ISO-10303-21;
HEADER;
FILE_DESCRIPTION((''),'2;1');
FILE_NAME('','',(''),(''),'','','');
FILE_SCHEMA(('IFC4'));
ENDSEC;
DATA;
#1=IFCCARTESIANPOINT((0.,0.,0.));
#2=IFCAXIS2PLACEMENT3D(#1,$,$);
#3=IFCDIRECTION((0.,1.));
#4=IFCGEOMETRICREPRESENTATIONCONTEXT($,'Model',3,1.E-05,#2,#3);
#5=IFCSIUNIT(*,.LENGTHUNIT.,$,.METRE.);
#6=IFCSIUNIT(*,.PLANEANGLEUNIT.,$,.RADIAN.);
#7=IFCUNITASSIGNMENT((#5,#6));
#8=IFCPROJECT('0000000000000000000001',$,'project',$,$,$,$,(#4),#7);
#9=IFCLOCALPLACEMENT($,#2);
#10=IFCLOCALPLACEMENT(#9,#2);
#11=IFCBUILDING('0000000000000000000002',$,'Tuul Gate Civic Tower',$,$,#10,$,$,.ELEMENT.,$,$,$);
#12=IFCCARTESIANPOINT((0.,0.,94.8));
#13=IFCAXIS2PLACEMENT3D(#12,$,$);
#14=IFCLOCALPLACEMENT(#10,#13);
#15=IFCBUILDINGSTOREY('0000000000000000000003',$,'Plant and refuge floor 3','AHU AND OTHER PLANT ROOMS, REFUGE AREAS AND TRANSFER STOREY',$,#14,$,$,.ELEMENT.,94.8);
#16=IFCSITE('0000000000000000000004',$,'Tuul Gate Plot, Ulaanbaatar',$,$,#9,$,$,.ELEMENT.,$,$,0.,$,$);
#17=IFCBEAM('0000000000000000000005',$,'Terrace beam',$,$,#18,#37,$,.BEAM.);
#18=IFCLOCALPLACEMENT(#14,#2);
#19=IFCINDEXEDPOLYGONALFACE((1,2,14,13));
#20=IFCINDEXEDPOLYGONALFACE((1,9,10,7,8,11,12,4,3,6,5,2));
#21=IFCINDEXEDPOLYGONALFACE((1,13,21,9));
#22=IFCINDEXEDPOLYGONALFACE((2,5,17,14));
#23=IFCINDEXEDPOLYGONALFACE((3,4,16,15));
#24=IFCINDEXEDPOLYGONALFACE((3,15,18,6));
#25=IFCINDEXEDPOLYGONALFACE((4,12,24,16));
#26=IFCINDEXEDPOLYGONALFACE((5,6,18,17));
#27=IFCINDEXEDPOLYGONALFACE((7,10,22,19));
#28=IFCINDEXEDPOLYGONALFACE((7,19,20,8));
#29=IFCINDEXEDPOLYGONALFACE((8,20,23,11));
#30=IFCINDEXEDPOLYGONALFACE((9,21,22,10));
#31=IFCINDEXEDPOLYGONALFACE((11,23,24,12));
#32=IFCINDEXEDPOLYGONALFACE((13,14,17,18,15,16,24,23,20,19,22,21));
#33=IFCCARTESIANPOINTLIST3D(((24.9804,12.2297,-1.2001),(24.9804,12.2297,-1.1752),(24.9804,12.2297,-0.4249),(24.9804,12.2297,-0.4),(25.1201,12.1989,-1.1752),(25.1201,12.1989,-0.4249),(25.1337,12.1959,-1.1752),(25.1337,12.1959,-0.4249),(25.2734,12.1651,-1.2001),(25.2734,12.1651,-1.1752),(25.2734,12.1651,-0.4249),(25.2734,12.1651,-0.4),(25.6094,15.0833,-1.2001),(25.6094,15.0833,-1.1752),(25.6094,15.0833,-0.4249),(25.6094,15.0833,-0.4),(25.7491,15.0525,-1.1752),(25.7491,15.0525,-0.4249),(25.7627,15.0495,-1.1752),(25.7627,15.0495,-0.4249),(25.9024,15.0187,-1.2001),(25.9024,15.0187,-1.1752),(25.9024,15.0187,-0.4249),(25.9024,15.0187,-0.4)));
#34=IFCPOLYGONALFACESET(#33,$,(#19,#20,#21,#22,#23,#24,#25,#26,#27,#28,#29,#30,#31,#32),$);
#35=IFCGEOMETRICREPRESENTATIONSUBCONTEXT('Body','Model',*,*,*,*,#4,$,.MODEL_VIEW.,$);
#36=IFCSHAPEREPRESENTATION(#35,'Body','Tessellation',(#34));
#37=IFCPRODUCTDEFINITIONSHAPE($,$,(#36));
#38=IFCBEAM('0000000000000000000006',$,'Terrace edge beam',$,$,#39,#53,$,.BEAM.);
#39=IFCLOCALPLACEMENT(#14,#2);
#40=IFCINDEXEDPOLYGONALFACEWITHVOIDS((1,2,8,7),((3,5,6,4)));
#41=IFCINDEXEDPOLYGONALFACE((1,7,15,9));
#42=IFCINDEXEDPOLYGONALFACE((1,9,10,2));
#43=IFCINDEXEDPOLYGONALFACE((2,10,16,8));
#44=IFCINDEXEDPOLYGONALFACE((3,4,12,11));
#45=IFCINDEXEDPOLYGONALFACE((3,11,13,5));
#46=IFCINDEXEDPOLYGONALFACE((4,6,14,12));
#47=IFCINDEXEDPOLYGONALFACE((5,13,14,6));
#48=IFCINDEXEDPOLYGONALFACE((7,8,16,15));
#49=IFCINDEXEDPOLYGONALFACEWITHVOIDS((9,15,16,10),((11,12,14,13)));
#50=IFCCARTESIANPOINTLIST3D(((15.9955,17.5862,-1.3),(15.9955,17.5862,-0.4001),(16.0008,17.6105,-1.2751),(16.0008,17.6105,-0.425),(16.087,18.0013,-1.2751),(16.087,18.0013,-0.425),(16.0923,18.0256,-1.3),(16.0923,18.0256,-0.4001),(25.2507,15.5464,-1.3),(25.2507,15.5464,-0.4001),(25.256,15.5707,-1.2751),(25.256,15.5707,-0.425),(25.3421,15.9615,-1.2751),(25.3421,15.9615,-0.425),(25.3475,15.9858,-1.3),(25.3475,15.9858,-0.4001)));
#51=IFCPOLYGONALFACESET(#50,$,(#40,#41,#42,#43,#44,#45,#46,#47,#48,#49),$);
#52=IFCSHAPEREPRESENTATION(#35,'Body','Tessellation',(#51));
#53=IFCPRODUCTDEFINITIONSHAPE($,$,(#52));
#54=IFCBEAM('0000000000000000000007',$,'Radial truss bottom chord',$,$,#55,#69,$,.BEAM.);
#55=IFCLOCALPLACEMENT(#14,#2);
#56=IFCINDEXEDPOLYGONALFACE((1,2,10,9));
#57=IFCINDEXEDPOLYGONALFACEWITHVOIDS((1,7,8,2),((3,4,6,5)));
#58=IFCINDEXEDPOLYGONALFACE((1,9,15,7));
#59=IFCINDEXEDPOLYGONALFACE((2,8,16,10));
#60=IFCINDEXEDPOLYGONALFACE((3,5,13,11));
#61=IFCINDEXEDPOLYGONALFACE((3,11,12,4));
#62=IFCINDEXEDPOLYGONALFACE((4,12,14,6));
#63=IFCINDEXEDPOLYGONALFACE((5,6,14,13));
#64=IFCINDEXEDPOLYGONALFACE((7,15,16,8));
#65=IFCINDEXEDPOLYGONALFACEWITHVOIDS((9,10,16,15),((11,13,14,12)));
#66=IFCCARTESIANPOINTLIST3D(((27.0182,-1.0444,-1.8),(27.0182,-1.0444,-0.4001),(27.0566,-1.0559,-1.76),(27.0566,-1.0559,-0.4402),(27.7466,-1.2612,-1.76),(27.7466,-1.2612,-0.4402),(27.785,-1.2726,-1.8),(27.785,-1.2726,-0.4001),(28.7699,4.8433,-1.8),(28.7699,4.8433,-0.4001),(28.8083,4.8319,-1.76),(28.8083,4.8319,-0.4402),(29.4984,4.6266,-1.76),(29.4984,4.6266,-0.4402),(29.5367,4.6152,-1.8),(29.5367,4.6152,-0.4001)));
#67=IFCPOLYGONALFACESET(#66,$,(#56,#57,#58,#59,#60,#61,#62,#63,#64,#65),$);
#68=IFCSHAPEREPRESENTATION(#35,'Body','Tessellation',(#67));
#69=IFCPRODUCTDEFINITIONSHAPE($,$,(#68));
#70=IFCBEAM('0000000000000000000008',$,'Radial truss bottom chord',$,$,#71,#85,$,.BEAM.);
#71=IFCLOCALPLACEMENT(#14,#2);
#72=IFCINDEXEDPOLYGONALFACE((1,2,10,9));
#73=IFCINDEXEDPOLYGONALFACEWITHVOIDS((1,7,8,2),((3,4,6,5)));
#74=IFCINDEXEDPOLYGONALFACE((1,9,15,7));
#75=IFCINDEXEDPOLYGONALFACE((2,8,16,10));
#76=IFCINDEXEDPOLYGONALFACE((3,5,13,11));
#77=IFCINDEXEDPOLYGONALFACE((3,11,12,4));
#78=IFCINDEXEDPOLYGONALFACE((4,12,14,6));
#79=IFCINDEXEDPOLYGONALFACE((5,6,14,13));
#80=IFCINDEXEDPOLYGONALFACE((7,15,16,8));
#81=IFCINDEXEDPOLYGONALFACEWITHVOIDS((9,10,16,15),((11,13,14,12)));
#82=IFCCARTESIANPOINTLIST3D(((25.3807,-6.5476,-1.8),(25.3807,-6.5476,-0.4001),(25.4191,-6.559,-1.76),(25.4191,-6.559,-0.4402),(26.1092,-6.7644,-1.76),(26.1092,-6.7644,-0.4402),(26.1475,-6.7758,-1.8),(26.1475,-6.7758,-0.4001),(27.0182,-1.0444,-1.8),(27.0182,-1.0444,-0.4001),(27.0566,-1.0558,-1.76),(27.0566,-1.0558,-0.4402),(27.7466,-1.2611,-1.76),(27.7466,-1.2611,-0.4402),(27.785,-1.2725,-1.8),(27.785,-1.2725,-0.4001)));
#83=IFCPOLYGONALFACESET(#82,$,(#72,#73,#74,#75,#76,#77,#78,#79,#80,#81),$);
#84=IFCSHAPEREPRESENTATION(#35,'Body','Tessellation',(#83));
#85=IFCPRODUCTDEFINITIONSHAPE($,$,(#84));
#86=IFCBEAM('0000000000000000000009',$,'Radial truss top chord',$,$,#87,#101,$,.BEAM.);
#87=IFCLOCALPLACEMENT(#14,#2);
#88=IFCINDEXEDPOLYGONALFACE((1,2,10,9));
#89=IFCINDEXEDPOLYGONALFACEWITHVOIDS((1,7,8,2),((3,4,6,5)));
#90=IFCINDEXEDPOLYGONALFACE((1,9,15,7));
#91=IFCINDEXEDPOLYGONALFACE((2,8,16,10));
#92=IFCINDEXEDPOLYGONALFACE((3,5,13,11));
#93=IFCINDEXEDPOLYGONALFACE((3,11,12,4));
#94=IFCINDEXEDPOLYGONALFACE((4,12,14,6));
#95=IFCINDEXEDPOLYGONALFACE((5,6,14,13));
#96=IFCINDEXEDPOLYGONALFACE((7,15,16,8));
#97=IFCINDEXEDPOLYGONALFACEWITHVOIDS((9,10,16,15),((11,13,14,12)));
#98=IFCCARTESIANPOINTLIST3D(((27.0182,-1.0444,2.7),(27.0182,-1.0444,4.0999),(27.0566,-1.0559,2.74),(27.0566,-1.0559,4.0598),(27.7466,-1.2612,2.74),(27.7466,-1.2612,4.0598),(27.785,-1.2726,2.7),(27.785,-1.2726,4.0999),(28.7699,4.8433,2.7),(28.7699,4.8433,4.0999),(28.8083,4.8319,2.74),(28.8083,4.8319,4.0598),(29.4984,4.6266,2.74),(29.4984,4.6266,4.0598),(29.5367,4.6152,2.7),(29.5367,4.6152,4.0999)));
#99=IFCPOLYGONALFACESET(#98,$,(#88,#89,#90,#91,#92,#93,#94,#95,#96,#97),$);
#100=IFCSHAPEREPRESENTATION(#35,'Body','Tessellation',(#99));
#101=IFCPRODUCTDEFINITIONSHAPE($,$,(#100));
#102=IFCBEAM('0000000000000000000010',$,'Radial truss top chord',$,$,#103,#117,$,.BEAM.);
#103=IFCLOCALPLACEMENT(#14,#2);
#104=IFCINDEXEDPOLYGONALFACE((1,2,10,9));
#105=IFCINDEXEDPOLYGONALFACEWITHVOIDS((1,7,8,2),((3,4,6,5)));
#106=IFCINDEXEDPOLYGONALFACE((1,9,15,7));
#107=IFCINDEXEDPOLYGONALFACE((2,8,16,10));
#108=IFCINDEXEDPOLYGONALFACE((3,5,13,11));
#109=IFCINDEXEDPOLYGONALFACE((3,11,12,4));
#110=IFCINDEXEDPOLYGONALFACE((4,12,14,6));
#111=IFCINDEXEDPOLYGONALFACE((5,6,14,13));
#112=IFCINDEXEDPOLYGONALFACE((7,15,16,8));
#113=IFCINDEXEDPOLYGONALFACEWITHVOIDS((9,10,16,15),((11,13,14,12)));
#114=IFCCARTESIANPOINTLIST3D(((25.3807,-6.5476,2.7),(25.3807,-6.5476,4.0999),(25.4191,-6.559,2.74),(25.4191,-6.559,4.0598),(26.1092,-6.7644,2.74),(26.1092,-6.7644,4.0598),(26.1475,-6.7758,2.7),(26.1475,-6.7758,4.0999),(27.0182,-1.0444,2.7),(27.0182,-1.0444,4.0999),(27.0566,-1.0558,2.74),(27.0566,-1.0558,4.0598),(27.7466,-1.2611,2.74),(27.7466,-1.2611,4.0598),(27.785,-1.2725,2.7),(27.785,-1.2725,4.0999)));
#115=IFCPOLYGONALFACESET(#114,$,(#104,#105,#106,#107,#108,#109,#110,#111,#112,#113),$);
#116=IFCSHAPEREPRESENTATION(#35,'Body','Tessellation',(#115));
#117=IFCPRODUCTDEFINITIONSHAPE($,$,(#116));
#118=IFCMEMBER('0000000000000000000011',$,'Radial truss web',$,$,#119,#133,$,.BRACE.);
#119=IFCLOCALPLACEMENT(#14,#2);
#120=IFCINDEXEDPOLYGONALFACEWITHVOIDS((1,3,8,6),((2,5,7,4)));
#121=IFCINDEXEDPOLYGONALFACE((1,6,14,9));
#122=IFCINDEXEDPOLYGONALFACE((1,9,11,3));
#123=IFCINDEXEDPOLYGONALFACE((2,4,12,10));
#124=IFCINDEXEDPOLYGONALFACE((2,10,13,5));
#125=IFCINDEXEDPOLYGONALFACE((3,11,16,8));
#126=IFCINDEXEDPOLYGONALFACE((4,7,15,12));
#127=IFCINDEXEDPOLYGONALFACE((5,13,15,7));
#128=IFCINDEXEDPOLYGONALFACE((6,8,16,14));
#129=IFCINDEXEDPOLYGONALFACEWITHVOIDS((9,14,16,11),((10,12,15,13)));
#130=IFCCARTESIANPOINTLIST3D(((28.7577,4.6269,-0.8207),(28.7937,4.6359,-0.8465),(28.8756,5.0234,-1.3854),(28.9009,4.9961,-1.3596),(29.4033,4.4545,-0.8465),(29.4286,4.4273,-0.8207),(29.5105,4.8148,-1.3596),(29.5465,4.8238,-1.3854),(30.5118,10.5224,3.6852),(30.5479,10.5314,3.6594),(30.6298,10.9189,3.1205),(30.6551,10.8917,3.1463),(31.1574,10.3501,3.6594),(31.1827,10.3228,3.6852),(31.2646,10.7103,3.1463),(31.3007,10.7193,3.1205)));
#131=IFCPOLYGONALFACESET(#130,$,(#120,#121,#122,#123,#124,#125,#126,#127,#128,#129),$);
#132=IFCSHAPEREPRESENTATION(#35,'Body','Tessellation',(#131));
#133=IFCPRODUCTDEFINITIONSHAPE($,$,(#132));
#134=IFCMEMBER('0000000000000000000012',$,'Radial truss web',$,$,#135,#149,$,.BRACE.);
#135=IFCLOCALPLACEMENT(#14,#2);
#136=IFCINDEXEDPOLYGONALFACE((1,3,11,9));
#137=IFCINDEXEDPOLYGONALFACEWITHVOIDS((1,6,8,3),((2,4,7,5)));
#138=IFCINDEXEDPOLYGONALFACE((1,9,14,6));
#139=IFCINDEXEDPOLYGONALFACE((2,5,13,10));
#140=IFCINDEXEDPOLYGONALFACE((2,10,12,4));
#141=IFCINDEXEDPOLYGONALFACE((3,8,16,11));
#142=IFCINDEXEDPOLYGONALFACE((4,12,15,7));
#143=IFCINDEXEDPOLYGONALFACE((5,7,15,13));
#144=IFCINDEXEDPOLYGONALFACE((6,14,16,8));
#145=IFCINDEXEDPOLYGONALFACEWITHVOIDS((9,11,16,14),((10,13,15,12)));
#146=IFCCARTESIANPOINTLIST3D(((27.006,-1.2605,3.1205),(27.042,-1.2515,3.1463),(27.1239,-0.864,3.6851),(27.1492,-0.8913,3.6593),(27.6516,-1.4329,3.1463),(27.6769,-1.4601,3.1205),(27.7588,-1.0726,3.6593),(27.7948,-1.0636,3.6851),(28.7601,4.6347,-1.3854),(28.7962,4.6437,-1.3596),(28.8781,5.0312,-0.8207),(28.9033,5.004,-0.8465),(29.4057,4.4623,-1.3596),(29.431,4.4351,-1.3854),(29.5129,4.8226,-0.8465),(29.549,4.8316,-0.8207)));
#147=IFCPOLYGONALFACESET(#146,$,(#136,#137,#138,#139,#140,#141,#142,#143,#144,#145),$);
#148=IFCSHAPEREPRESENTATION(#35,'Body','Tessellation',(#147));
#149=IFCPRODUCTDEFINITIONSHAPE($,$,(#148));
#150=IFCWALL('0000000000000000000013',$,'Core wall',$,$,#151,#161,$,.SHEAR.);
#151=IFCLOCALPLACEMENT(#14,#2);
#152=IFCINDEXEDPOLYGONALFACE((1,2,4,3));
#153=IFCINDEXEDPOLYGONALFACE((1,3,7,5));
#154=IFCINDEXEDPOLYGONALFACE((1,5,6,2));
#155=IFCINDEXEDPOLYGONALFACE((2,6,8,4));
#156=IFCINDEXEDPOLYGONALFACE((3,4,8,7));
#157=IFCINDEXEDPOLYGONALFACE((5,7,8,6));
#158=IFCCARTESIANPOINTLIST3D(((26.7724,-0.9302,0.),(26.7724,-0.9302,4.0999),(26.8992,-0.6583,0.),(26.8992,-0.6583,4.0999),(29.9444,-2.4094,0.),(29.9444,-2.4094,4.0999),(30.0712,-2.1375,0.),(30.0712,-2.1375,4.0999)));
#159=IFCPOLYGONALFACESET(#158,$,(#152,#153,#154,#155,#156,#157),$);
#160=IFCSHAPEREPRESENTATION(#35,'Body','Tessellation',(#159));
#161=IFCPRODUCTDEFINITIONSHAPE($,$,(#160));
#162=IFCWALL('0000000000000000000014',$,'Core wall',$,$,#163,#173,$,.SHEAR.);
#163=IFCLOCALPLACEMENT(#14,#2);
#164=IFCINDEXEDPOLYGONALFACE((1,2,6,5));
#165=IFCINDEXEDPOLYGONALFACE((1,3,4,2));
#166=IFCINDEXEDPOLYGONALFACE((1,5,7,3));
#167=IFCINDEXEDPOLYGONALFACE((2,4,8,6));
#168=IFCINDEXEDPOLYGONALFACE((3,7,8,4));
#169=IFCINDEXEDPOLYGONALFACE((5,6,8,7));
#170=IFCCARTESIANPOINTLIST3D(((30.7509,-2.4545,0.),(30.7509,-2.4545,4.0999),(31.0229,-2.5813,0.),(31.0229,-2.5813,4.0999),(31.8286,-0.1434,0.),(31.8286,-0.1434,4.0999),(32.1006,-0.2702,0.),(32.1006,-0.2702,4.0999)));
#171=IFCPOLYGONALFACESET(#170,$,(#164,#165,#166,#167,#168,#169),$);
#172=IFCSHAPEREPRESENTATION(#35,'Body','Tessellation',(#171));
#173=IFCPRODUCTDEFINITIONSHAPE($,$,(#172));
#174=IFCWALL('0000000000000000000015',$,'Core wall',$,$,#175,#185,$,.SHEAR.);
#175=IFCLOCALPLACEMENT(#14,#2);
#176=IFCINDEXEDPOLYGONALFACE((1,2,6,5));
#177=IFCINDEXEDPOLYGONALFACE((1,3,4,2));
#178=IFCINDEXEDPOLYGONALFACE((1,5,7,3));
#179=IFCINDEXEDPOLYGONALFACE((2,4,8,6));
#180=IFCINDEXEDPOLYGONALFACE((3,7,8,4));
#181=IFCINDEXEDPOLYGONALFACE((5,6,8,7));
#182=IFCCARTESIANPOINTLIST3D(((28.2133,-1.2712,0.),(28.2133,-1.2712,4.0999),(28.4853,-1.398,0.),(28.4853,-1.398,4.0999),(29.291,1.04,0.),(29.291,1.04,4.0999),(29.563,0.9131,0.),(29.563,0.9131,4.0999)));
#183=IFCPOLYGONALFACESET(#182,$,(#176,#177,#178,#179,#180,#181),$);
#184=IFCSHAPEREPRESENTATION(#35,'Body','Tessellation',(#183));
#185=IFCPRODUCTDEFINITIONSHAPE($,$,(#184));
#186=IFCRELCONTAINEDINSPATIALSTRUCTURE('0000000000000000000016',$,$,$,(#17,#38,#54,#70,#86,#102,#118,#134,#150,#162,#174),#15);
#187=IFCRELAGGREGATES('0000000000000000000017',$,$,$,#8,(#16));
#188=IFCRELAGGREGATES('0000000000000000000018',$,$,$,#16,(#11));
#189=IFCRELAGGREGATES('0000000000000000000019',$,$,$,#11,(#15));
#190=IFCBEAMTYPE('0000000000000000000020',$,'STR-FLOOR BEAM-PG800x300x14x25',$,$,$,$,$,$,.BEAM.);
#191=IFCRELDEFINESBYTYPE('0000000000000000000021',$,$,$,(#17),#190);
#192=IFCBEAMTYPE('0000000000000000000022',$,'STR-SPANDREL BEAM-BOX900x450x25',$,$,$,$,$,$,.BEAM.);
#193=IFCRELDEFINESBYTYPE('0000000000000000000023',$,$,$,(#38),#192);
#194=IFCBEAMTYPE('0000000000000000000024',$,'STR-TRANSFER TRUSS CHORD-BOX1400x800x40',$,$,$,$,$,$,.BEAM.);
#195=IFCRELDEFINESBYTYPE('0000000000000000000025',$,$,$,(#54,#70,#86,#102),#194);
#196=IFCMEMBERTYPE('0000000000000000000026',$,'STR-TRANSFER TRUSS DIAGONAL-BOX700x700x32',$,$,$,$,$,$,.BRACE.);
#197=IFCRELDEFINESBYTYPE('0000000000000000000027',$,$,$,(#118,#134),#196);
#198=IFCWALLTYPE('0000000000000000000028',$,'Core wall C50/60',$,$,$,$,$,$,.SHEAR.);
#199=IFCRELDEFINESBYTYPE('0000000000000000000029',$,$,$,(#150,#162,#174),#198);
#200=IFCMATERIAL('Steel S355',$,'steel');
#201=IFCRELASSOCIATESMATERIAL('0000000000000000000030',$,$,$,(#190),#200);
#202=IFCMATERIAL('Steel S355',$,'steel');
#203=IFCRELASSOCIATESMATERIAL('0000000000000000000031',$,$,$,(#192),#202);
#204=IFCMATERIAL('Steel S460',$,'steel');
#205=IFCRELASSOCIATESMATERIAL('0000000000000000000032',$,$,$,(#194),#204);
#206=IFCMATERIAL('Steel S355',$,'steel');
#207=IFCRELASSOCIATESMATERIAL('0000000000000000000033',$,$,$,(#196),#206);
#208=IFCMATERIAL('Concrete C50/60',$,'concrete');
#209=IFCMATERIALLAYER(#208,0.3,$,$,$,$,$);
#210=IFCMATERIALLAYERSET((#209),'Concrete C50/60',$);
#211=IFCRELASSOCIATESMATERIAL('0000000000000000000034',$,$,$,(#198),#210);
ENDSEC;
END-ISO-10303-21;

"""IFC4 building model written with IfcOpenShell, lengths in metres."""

from ifc_helpers import new_model, si_unit, direction, frame, frame_2d, origin, origin_2d, place, context, subcontext, project, spatial, rectangle, hollow_rectangle, i_section, extrude, material, layer, layer_set, material_profile, profile_set, type_object, element, save


model = new_model("IFC4")

# Units and contexts
model_context = context("Model", 3, precision=1e-05, world=origin(), true_north=direction((0.0, 1.0)))
body_context = subcontext(model_context, "Body", "Model", "MODEL_VIEW")
ifc_project = project(units=[si_unit("LENGTHUNIT", "METRE"), si_unit("PLANEANGLEUNIT", "RADIAN")], contexts=[model_context])

# Site, building, storey
site_placement = place(None, origin())
site = spatial("IfcSite", under=ifc_project, at=site_placement, Name="Tuul Gate Plot, Ulaanbaatar", CompositionType="ELEMENT", RefElevation=0.0)
building_placement = place(site_placement, origin())
building = spatial("IfcBuilding", under=site, at=building_placement, Name="Tuul Gate Civic Tower", CompositionType="ELEMENT")
storey_placement = place(building_placement, frame((0.0, 0.0, 94.8)))
storey = spatial("IfcBuildingStorey", under=building, at=storey_placement, Name="Plant and refuge floor 3", Description="AHU AND OTHER PLANT ROOMS, REFUGE AREAS AND TRANSFER STOREY", CompositionType="ELEMENT", Elevation=94.8)

# Beams
ifc_material_1 = material(Name="Steel S355", Category="steel")
ifc_material_profile_1 = material_profile(ifc_material_1, i_section(OverallWidth=0.3, OverallDepth=0.8, WebThickness=0.0139, FlangeThickness=0.0249, at=origin_2d()), Name="PG800x300x14x25")
ifc_profile_set_1 = profile_set([ifc_material_profile_1], Name="Steel S355")
beam_type_1 = type_object("IfcBeamType", Name="STR-FLOOR BEAM-PG800x300x14x25", PredefinedType="BEAM", material=ifc_profile_set_1)
beam_1_placement = place(storey_placement, frame((25.7559, 15.051, -0.8), z_axis=(-0.215232, -0.976563, 0.0), x_axis=(0.976563, -0.215232, 0.0)))
element("IfcBeam", 1, at=beam_1_placement, inside=storey, type_object=beam_type_1, Name="Terrace beam", PredefinedType="BEAM", context=body_context, shape_type="SweptSolid", body=[
    extrude(i_section(OverallWidth=0.3, OverallDepth=0.8, WebThickness=0.0139, FlangeThickness=0.0249, at=origin_2d()), origin(), (0.0, 0.0, 1.0), 2.9221),
])
ifc_material_2 = material(Name="Steel S355", Category="steel")
ifc_material_profile_2 = material_profile(ifc_material_2, hollow_rectangle(XDim=0.45, YDim=0.8999, WallThickness=0.0249, at=origin_2d()), Name="BOX900x450x25")
ifc_profile_set_2 = profile_set([ifc_material_profile_2], Name="Steel S355")
beam_type_2 = type_object("IfcBeamType", Name="STR-SPANDREL BEAM-BOX900x450x25", PredefinedType="BEAM", material=ifc_profile_set_2)
beam_2_placement = place(storey_placement, frame((25.2991, 15.7661, -0.8501), z_axis=(-0.976563, 0.215231, 0.0), x_axis=(-0.215231, -0.976563, 0.0)))
element("IfcBeam", 2, at=beam_2_placement, inside=storey, type_object=beam_type_2, Name="Terrace edge beam", PredefinedType="BEAM", context=body_context, shape_type="SweptSolid", body=[
    extrude(hollow_rectangle(XDim=0.45, YDim=0.8999, WallThickness=0.0249, at=origin_2d()), origin(), (0.0, 0.0, 1.0), 9.4773),
])
ifc_material_3 = material(Name="Steel S460", Category="steel")
ifc_material_profile_3 = material_profile(ifc_material_3, hollow_rectangle(XDim=0.8, YDim=1.3999, WallThickness=0.04, at=origin_2d()), Name="BOX1400x800x40")
ifc_profile_set_3 = profile_set([ifc_material_profile_3], Name="Steel S460")
beam_type_3 = type_object("IfcBeamType", Name="STR-TRANSFER TRUSS CHORD-BOX1400x800x40", PredefinedType="BEAM", material=ifc_profile_set_3)
beam_3_placement = place(storey_placement, frame((29.1533, 4.7292, -1.1001), z_axis=(-0.285167, -0.958478, 0.0), x_axis=(0.958478, -0.285167, 0.0)))
element("IfcBeam", 3, at=beam_3_placement, inside=storey, type_object=beam_type_3, Name="Radial truss bottom chord", PredefinedType="BEAM", context=body_context, shape_type="SweptSolid", body=[
    extrude(hollow_rectangle(XDim=0.8, YDim=1.3999, WallThickness=0.04, at=origin_2d()), origin(), (0.0, 0.0, 1.0), 6.1428),
])
beam_4_placement = place(storey_placement, frame((27.4016, -1.1584, -1.1001), z_axis=(-0.28519, -0.958471, 0.0), x_axis=(0.958471, -0.28519, 0.0)))
element("IfcBeam", 4, at=beam_4_placement, inside=storey, type_object=beam_type_3, Name="Radial truss bottom chord", PredefinedType="BEAM", context=body_context, shape_type="SweptSolid", body=[
    extrude(hollow_rectangle(XDim=0.8, YDim=1.3999, WallThickness=0.04, at=origin_2d()), origin(), (0.0, 0.0, 1.0), 5.7417),
])
beam_5_placement = place(storey_placement, frame((29.1533, 4.7292, 3.3999), z_axis=(-0.285167, -0.958478, 0.0), x_axis=(0.958478, -0.285167, 0.0)))
element("IfcBeam", 5, at=beam_5_placement, inside=storey, type_object=beam_type_3, Name="Radial truss top chord", PredefinedType="BEAM", context=body_context, shape_type="SweptSolid", body=[
    extrude(hollow_rectangle(XDim=0.8, YDim=1.3999, WallThickness=0.04, at=origin_2d()), origin(), (0.0, 0.0, 1.0), 6.1428),
])
beam_6_placement = place(storey_placement, frame((27.4016, -1.1584, 3.3999), z_axis=(-0.28519, -0.958471, 0.0), x_axis=(0.958471, -0.28519, 0.0)))
element("IfcBeam", 6, at=beam_6_placement, inside=storey, type_object=beam_type_3, Name="Radial truss top chord", PredefinedType="BEAM", context=body_context, shape_type="SweptSolid", body=[
    extrude(hollow_rectangle(XDim=0.8, YDim=1.3999, WallThickness=0.04, at=origin_2d()), origin(), (0.0, 0.0, 1.0), 5.7417),
])

# Members
ifc_material_4 = material(Name="Steel S355", Category="steel")
ifc_material_profile_4 = material_profile(ifc_material_4, hollow_rectangle(XDim=0.7, YDim=0.7, WallThickness=0.032, at=origin_2d()), Name="BOX700x700x32")
ifc_profile_set_4 = profile_set([ifc_material_profile_4], Name="Steel S355")
member_type = type_object("IfcMemberType", Name="STR-TRANSFER TRUSS DIAGONAL-BOX700x700x32", PredefinedType="BRACE", material=ifc_profile_set_4)
member_1_placement = place(storey_placement, frame((29.1521, 4.7253, -1.103), z_axis=(0.23006, 0.773207, 0.590952), x_axis=(-0.958473, 0.285184, 0.0)))
element("IfcMember", 7, at=member_1_placement, inside=storey, type_object=member_type, Name="Radial truss web", PredefinedType="BRACE", context=body_context, shape_type="SweptSolid", body=[
    extrude(hollow_rectangle(XDim=0.7, YDim=0.7, WallThickness=0.032, at=origin_2d()), origin(), (0.0, 0.0, 1.0), 7.6248),
])
member_2_placement = place(storey_placement, frame((29.1545, 4.7332, -1.103), z_axis=(-0.230066, -0.773194, 0.590966), x_axis=(0.95847, -0.285195, 0.0)))
element("IfcMember", 8, at=member_2_placement, inside=storey, type_object=member_type, Name="Radial truss web", PredefinedType="BRACE", context=body_context, shape_type="SweptSolid", body=[
    extrude(hollow_rectangle(XDim=0.7, YDim=0.7, WallThickness=0.032, at=origin_2d()), origin(), (0.0, 0.0, 1.0), 7.6245),
])

# Walls
ifc_material_5 = material(Name="Concrete C50/60", Category="concrete")
ifc_layer_1 = layer(ifc_material_5, 0.3)
ifc_layer_set_1 = layer_set([ifc_layer_1], Name="Concrete C50/60")
wall_type_1 = type_object("IfcWallType", Name="Core wall C50/60", PredefinedType="SHEAR", material=ifc_layer_set_1)
wall_1_placement = place(storey_placement, frame((30.0078, -2.2734, 0.0), z_axis=(0.0, 0.0, 1.0), x_axis=(-0.906301, 0.422633, 0.0)))
element("IfcWall", 9, at=wall_1_placement, inside=storey, type_object=wall_type_1, Name="Core wall", PredefinedType="SHEAR", context=body_context, shape_type="SweptSolid", body=[
    extrude(rectangle(XDim=3.5, YDim=0.3, at=frame_2d((1.75, 0.0))), origin(), (0.0, 0.0, 1.0), 4.0999),
])
for number, where, z_axis, x_axis, name in (
    (10, (30.887, -2.5178, 0.0), (0.0, 0.0, 1.0), (0.422613, 0.90631, 0.0), "Core wall"),
    (11, (28.3494, -1.3345, 0.0), (0.0, 0.0, 1.0), (0.422613, 0.90631, 0.0), "Core wall"),
):
    element("IfcWall", number, at=place(storey_placement, frame(where, z_axis=z_axis, x_axis=x_axis)), inside=storey, type_object=wall_type_1, Name=name, PredefinedType="SHEAR", context=body_context, shape_type="SweptSolid", body=[
        extrude(rectangle(XDim=2.55, YDim=0.3, at=frame_2d((1.2749, 0.0))), origin(), (0.0, 0.0, 1.0), 4.0999),
    ])

save(model, "model.ifc")
